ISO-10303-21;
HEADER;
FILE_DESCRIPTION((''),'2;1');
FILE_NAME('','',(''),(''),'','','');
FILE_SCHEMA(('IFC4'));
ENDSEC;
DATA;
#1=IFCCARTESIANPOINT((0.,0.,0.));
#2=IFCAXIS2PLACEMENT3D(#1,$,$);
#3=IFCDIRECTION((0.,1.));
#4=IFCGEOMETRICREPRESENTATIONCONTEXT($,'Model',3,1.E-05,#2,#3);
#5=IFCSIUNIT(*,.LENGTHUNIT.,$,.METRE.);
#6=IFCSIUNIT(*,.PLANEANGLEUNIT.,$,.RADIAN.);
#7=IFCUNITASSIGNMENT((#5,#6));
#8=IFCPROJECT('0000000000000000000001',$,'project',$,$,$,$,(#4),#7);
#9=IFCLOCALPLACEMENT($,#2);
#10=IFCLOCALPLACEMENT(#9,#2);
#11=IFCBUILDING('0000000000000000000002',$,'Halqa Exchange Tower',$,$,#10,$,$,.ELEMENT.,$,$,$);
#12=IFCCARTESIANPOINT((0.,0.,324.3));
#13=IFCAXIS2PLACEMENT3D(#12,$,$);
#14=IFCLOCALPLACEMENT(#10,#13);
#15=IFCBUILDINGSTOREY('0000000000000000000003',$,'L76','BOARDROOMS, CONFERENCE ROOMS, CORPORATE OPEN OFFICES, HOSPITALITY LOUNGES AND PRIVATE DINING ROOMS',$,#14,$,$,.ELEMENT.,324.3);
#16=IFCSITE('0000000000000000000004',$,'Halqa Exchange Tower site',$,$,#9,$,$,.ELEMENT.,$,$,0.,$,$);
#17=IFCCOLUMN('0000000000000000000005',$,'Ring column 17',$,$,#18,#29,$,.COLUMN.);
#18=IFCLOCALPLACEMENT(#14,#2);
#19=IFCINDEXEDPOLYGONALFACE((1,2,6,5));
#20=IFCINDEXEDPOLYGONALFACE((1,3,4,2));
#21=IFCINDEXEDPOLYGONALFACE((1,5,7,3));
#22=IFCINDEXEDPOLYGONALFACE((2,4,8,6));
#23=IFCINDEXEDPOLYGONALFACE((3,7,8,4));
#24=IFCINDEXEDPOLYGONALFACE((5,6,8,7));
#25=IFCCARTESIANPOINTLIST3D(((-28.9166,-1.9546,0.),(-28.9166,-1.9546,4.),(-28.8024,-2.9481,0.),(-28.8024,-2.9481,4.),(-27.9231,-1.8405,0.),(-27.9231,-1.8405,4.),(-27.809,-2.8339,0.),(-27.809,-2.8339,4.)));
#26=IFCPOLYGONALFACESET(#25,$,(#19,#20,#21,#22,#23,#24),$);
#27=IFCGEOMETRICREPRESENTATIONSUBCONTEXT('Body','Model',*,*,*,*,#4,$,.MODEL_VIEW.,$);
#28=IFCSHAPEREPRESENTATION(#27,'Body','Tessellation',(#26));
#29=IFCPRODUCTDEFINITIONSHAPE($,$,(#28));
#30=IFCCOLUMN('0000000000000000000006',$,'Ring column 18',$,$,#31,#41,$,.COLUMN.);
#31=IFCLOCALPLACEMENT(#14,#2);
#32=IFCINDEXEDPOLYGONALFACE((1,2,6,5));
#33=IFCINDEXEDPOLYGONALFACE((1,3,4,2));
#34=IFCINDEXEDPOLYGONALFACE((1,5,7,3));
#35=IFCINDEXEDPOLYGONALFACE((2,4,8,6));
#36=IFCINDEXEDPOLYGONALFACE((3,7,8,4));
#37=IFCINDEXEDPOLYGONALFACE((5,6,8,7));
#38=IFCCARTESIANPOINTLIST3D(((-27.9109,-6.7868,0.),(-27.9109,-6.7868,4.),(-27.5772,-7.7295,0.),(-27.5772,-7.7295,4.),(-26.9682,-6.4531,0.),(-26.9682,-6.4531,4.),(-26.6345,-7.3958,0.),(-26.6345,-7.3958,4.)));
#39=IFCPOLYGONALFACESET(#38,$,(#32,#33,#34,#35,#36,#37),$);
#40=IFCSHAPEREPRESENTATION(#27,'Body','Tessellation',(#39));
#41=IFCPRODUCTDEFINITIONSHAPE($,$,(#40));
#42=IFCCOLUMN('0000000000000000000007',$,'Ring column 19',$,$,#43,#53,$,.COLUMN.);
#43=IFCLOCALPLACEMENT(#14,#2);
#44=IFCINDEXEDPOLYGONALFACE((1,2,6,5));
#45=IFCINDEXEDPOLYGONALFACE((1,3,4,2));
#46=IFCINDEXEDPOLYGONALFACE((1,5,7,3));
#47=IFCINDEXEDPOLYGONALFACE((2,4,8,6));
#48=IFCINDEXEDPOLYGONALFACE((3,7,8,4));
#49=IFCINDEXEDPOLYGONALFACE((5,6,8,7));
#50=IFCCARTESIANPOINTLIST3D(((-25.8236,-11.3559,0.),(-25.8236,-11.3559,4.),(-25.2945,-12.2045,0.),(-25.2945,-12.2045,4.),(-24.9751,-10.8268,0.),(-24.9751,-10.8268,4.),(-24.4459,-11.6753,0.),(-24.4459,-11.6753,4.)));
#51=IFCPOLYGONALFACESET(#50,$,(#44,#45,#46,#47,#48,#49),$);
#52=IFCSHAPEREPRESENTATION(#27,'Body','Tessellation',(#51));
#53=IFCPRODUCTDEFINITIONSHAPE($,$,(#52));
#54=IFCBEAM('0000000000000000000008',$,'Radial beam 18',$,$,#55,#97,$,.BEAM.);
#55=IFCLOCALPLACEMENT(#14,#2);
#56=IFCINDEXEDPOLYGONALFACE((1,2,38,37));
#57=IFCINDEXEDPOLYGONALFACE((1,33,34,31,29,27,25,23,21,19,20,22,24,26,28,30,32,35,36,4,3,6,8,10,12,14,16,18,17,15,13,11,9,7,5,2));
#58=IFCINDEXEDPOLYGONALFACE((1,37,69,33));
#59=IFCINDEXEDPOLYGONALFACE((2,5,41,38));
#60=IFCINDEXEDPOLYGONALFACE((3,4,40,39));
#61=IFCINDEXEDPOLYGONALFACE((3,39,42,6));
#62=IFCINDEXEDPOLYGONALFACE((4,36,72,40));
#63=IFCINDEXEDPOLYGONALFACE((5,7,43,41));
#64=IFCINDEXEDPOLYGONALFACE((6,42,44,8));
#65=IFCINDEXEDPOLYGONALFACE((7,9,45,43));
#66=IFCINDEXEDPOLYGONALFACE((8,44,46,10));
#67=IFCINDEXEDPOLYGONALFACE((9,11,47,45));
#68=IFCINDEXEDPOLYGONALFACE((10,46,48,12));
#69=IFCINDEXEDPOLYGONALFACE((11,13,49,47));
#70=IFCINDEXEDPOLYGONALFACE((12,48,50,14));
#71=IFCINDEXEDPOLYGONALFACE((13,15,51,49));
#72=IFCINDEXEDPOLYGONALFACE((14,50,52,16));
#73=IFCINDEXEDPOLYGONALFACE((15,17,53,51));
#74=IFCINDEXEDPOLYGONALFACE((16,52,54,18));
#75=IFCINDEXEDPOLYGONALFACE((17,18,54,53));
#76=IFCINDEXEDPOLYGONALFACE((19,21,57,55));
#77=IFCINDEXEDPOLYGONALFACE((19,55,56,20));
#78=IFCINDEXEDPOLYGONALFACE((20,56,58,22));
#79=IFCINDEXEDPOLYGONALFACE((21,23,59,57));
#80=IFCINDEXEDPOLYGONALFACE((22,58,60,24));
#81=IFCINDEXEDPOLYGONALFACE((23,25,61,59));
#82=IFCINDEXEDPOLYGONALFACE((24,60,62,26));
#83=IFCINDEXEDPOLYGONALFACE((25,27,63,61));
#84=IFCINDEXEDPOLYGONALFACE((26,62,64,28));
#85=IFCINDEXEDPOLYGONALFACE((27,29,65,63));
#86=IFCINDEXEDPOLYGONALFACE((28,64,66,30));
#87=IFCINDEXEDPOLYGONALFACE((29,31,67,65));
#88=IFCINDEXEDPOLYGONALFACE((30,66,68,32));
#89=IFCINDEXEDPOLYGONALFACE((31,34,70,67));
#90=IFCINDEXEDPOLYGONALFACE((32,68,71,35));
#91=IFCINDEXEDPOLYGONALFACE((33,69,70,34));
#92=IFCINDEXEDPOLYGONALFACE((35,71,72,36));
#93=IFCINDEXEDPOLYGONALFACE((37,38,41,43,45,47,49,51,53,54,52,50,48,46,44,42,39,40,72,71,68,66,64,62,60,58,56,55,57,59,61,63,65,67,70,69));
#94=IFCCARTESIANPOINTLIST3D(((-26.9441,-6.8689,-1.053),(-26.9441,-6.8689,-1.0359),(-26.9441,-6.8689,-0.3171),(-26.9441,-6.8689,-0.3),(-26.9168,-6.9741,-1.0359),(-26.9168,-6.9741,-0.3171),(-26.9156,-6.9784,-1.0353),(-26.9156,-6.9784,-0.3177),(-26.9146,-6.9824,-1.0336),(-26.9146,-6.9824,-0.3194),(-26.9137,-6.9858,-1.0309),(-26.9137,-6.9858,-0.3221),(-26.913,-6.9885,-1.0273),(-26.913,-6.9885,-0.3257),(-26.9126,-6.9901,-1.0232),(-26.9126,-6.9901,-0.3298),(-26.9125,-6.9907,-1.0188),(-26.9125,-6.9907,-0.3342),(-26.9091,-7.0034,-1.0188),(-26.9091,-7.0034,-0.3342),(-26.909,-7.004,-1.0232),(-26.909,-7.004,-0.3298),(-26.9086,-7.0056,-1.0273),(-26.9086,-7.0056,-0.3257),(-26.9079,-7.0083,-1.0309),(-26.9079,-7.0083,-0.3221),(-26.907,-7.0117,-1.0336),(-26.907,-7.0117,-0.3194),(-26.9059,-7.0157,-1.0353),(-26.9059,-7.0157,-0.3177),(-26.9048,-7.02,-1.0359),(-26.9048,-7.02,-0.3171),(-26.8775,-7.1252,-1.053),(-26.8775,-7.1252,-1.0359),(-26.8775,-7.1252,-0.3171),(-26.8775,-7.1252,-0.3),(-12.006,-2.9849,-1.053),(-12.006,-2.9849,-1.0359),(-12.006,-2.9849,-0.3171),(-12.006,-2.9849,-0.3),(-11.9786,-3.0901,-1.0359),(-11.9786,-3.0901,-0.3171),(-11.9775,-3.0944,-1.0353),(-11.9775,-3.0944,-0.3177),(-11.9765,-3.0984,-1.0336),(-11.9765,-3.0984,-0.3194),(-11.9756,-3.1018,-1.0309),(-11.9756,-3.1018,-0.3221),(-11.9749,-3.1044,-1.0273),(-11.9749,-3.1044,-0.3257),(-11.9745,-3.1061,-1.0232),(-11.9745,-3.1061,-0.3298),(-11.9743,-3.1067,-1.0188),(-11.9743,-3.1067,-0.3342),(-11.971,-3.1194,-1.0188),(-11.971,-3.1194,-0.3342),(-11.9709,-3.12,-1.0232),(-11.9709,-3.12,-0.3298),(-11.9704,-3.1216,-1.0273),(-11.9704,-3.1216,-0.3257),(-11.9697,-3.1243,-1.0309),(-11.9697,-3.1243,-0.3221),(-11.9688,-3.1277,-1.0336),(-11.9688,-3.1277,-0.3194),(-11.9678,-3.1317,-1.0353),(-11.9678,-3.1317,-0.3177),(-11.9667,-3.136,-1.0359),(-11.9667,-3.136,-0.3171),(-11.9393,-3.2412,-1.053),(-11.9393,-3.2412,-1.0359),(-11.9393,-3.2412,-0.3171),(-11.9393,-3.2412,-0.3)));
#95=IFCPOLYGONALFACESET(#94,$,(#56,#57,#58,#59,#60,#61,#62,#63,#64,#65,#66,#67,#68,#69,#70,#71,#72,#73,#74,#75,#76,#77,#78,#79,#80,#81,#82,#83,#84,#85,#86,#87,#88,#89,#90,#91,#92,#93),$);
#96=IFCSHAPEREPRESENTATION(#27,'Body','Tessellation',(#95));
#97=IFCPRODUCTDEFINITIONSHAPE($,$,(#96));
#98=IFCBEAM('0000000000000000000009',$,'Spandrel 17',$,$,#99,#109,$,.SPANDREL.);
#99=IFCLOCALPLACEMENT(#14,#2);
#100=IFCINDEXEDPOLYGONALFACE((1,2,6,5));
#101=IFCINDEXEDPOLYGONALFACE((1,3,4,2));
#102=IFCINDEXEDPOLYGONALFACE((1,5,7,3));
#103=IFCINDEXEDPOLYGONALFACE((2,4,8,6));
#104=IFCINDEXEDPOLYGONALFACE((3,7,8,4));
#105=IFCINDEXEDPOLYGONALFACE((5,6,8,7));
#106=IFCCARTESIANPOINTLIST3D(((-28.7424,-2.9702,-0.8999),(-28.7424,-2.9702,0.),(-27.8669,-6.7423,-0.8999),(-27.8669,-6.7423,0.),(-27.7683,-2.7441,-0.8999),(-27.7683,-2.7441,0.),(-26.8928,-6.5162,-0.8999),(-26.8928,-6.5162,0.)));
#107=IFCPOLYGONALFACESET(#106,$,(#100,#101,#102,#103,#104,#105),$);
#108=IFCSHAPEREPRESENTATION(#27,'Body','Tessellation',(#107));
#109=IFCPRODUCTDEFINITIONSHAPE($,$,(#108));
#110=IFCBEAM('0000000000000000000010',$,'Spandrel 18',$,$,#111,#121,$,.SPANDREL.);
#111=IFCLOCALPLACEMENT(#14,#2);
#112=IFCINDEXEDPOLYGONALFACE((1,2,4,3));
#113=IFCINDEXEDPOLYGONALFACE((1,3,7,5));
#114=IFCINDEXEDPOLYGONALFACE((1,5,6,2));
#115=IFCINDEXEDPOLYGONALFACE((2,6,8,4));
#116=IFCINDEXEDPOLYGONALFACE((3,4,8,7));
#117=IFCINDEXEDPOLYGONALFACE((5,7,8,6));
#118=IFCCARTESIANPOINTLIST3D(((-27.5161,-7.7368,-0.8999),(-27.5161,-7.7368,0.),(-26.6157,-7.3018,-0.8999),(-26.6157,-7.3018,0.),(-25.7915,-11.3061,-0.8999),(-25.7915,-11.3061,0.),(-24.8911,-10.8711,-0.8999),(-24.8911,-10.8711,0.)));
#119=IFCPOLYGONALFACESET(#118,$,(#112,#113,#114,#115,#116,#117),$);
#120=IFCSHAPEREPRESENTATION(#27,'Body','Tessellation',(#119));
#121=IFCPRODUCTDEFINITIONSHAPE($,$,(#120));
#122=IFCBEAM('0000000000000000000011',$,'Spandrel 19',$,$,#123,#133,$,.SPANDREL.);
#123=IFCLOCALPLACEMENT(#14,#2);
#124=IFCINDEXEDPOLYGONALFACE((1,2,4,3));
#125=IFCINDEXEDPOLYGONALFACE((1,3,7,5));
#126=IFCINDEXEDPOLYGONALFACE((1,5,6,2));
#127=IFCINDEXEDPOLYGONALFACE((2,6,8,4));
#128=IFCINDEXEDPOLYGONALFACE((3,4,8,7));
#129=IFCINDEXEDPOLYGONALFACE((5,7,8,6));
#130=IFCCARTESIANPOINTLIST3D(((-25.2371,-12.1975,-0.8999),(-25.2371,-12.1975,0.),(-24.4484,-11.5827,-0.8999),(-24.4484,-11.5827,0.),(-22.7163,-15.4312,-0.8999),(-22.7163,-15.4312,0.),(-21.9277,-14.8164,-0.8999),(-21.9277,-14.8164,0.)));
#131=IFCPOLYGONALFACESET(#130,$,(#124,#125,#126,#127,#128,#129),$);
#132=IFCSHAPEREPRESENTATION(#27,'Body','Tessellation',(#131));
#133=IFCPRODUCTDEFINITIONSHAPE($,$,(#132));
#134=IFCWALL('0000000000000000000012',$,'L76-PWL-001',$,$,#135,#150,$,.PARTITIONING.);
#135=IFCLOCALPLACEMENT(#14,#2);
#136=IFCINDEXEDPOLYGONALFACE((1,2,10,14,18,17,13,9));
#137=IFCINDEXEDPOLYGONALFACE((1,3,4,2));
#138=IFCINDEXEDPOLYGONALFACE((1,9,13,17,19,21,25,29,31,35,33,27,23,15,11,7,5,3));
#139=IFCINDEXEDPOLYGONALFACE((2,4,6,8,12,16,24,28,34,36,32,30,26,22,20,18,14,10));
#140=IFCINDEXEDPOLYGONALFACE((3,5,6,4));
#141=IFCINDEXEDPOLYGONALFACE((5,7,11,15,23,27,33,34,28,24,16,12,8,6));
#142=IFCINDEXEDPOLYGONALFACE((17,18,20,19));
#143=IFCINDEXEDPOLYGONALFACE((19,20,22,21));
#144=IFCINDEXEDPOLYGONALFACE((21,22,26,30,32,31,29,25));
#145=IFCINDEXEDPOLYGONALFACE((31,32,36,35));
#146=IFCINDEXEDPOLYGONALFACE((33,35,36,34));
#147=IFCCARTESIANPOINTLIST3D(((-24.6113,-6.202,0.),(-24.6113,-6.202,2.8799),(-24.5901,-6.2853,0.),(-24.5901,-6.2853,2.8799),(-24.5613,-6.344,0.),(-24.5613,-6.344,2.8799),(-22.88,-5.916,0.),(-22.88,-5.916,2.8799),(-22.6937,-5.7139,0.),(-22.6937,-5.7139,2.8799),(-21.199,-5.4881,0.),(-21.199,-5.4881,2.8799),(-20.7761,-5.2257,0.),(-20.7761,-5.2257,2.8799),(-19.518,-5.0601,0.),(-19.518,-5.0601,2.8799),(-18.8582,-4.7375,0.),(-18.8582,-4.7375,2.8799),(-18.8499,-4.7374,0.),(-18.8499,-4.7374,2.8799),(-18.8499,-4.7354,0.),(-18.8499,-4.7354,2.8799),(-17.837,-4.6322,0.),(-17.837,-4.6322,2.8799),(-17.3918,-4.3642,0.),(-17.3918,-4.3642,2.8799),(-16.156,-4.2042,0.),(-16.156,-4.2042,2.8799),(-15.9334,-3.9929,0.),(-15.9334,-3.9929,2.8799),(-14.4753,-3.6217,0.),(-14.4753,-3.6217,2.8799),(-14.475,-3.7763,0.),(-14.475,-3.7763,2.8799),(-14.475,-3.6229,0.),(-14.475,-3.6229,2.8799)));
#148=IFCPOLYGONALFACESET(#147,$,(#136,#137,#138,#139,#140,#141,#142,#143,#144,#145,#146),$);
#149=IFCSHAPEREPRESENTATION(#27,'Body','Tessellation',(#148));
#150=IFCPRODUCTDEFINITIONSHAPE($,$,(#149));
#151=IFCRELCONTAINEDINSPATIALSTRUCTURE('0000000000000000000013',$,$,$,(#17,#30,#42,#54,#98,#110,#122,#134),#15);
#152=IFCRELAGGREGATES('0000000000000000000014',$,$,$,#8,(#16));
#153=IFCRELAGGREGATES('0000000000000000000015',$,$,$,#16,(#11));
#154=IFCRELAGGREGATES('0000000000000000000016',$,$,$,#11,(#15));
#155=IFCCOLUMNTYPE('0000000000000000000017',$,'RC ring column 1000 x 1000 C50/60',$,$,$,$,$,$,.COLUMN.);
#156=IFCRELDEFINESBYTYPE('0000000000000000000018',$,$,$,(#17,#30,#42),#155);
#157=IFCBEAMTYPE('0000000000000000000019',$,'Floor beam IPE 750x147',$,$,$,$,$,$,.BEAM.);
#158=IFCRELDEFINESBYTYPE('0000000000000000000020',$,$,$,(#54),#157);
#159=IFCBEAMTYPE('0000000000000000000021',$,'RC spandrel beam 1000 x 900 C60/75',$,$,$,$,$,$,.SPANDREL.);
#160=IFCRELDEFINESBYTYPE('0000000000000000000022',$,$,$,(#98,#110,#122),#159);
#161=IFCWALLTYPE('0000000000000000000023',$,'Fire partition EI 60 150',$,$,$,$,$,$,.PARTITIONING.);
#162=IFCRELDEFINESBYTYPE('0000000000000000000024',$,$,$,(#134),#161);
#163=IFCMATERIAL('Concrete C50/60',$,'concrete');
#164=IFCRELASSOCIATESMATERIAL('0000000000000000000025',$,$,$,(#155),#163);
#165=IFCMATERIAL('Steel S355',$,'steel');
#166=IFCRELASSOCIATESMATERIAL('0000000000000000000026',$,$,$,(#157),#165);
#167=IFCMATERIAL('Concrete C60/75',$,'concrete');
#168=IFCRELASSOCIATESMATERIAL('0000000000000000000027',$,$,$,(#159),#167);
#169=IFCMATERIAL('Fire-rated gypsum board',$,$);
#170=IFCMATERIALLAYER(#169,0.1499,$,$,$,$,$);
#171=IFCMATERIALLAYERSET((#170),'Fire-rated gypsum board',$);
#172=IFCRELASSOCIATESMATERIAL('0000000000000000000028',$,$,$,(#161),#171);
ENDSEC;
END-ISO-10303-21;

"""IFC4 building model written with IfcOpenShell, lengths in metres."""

from ifc_helpers import new_model, si_unit, direction, frame, origin, origin_2d, place, context, subcontext, project, spatial, polyline, rectangle, i_section, outline, extrude, material, layer, layer_set, material_profile, profile_set, type_object, element, save


model = new_model("IFC4")

# Units and contexts
model_context = context("Model", 3, precision=1e-05, world=origin(), true_north=direction((0.0, 1.0)))
body_context = subcontext(model_context, "Body", "Model", "MODEL_VIEW")
ifc_project = project(units=[si_unit("LENGTHUNIT", "METRE"), si_unit("PLANEANGLEUNIT", "RADIAN")], contexts=[model_context])

# Site, building, storey
site_placement = place(None, origin())
site = spatial("IfcSite", under=ifc_project, at=site_placement, Name="Halqa Exchange Tower site", CompositionType="ELEMENT", RefElevation=0.0)
building_placement = place(site_placement, origin())
building = spatial("IfcBuilding", under=site, at=building_placement, Name="Halqa Exchange Tower", CompositionType="ELEMENT")
storey_placement = place(building_placement, frame((0.0, 0.0, 324.3)))
storey = spatial("IfcBuildingStorey", under=building, at=storey_placement, Name="L76", Description="BOARDROOMS, CONFERENCE ROOMS, CORPORATE OPEN OFFICES, HOSPITALITY LOUNGES AND PRIVATE DINING ROOMS", CompositionType="ELEMENT", Elevation=324.3)

# Columns
ifc_material_1 = material(Name="Concrete C50/60", Category="concrete")
ifc_material_profile_1 = material_profile(ifc_material_1, rectangle(XDim=1.0, YDim=1.0, at=origin_2d()), Name="1000 x 1000")
ifc_profile_set_1 = profile_set([ifc_material_profile_1], Name="Concrete C50/60")
column_type = type_object("IfcColumnType", Name="RC ring column 1000 x 1000 C50/60", PredefinedType="COLUMN", material=ifc_profile_set_1)
for number, where, z_axis, x_axis, name in (
    (1, (-28.3628, -2.3943, 0.0), (0.0, 0.0, 1.0), (0.11416, -0.993462, 0.0), "Ring column 17"),
    (2, (-27.2727, -7.0913, 0.0), (0.0, 0.0, 1.0), (0.333624, -0.942706, 0.0), "Ring column 18"),
    (3, (-25.1348, -11.5156, 0.0), (0.0, 0.0, 1.0), (0.52914, -0.848534, 0.0), "Ring column 19"),
):
    element("IfcColumn", number, at=place(storey_placement, frame(where, z_axis=z_axis, x_axis=x_axis)), inside=storey, type_object=column_type, Name=name, PredefinedType="COLUMN", context=body_context, shape_type="SweptSolid", body=[
        extrude(rectangle(XDim=1.0, YDim=1.0, at=origin_2d()), origin(), (0.0, 0.0, 1.0), 4.0),
    ])

# Beams
ifc_material_2 = material(Name="Steel S355", Category="steel")
ifc_material_profile_2 = material_profile(ifc_material_2, i_section(OverallWidth=0.2649, OverallDepth=0.7529, WebThickness=0.0132, FlangeThickness=0.0171, FilletRadius=0.0171, at=origin_2d()), Name="IPE 750x147")
ifc_profile_set_2 = profile_set([ifc_material_profile_2], Name="Steel S355")
beam_type_1 = type_object("IfcBeamType", Name="Floor beam IPE 750x147", PredefinedType="BEAM", material=ifc_profile_set_2)
beam_1_placement = place(storey_placement, frame((-11.9727, -3.113, -0.6765), z_axis=(-0.967821, -0.251639, 0.0), x_axis=(0.251639, -0.967821, 0.0)))
element("IfcBeam", 4, at=beam_1_placement, inside=storey, type_object=beam_type_1, Name="Radial beam 18", PredefinedType="BEAM", context=body_context, shape_type="SweptSolid", body=[
    extrude(i_section(OverallWidth=0.2649, OverallDepth=0.7529, WebThickness=0.0132, FlangeThickness=0.0171, FilletRadius=0.0171, at=origin_2d()), origin(), (0.0, 0.0, 1.0), 15.4348),
])
ifc_material_3 = material(Name="Concrete C60/75", Category="concrete")
ifc_material_profile_3 = material_profile(ifc_material_3, rectangle(XDim=1.0, YDim=0.8999, at=origin_2d()), Name="1000 x 900")
ifc_profile_set_3 = profile_set([ifc_material_profile_3], Name="Concrete C60/75")
beam_type_2 = type_object("IfcBeamType", Name="RC spandrel beam 1000 x 900 C60/75", PredefinedType="SPANDREL", material=ifc_profile_set_3)
beam_2_placement = place(storey_placement, frame((-28.2554, -2.8572, -0.45), z_axis=(0.226093, -0.974106, 0.0), x_axis=(0.974106, 0.226093, 0.0)))
element("IfcBeam", 5, at=beam_2_placement, inside=storey, type_object=beam_type_2, Name="Spandrel 17", PredefinedType="SPANDREL", context=body_context, shape_type="SweptSolid", body=[
    extrude(rectangle(XDim=1.0, YDim=0.8999, at=origin_2d()), origin(), (0.0, 0.0, 1.0), 3.8723),
])
beam_3_placement = place(storey_placement, frame((-27.0659, -7.5193, -0.45), z_axis=(0.435052, -0.900405, 0.0), x_axis=(0.900405, 0.435052, 0.0)))
element("IfcBeam", 6, at=beam_3_placement, inside=storey, type_object=beam_type_2, Name="Spandrel 18", PredefinedType="SPANDREL", context=body_context, shape_type="SweptSolid", body=[
    extrude(rectangle(XDim=1.0, YDim=0.8999, at=origin_2d()), origin(), (0.0, 0.0, 1.0), 3.9641),
])
beam_4_placement = place(storey_placement, frame((-24.8428, -11.8901, -0.45), z_axis=(0.614806, -0.788678, 0.0), x_axis=(0.788678, 0.614806, 0.0)))
element("IfcBeam", 7, at=beam_4_placement, inside=storey, type_object=beam_type_2, Name="Spandrel 19", PredefinedType="SPANDREL", context=body_context, shape_type="SweptSolid", body=[
    extrude(rectangle(XDim=1.0, YDim=0.8999, at=origin_2d()), origin(), (0.0, 0.0, 1.0), 4.1001),
])

# Wall
ifc_material_4 = material(Name="Fire-rated gypsum board")
ifc_layer_1 = layer(ifc_material_4, 0.1499)
ifc_layer_set_1 = layer_set([ifc_layer_1], Name="Fire-rated gypsum board")
wall_type_1 = type_object("IfcWallType", Name="Fire partition EI 60 150", PredefinedType="PARTITIONING", material=ifc_layer_set_1)
wall_1_placement = place(storey_placement, frame((-24.5928, -6.2747, 0.0), z_axis=(0.0, 0.0, 1.0), x_axis=(0.969091, 0.246702, 0.0)))
element("IfcWall", 8, at=wall_1_placement, inside=storey, type_object=wall_type_1, Name="L76-PWL-001", PredefinedType="PARTITIONING", context=body_context, shape_type="SweptSolid", body=[
    extrude(outline(polyline([(0.0134, -0.075), (1.7483, -0.075), (3.4829, -0.075), (5.2175, -0.075), (6.9521, -0.075), (8.6868, -0.075), (10.4214, -0.075), (10.4592, 0.0737), (10.4592, 0.075), (8.9546, 0.075), (7.4497, 0.075), (5.9451, 0.075), (5.9446, 0.073), (5.9365, 0.075), (3.9575, 0.075), (1.9788, 0.075), (0.0, 0.075), (0.0, -0.011), (0.0134, -0.075)])), origin(), (0.0, 0.0, 1.0), 2.8799),
])

save(model, "model.ifc")
